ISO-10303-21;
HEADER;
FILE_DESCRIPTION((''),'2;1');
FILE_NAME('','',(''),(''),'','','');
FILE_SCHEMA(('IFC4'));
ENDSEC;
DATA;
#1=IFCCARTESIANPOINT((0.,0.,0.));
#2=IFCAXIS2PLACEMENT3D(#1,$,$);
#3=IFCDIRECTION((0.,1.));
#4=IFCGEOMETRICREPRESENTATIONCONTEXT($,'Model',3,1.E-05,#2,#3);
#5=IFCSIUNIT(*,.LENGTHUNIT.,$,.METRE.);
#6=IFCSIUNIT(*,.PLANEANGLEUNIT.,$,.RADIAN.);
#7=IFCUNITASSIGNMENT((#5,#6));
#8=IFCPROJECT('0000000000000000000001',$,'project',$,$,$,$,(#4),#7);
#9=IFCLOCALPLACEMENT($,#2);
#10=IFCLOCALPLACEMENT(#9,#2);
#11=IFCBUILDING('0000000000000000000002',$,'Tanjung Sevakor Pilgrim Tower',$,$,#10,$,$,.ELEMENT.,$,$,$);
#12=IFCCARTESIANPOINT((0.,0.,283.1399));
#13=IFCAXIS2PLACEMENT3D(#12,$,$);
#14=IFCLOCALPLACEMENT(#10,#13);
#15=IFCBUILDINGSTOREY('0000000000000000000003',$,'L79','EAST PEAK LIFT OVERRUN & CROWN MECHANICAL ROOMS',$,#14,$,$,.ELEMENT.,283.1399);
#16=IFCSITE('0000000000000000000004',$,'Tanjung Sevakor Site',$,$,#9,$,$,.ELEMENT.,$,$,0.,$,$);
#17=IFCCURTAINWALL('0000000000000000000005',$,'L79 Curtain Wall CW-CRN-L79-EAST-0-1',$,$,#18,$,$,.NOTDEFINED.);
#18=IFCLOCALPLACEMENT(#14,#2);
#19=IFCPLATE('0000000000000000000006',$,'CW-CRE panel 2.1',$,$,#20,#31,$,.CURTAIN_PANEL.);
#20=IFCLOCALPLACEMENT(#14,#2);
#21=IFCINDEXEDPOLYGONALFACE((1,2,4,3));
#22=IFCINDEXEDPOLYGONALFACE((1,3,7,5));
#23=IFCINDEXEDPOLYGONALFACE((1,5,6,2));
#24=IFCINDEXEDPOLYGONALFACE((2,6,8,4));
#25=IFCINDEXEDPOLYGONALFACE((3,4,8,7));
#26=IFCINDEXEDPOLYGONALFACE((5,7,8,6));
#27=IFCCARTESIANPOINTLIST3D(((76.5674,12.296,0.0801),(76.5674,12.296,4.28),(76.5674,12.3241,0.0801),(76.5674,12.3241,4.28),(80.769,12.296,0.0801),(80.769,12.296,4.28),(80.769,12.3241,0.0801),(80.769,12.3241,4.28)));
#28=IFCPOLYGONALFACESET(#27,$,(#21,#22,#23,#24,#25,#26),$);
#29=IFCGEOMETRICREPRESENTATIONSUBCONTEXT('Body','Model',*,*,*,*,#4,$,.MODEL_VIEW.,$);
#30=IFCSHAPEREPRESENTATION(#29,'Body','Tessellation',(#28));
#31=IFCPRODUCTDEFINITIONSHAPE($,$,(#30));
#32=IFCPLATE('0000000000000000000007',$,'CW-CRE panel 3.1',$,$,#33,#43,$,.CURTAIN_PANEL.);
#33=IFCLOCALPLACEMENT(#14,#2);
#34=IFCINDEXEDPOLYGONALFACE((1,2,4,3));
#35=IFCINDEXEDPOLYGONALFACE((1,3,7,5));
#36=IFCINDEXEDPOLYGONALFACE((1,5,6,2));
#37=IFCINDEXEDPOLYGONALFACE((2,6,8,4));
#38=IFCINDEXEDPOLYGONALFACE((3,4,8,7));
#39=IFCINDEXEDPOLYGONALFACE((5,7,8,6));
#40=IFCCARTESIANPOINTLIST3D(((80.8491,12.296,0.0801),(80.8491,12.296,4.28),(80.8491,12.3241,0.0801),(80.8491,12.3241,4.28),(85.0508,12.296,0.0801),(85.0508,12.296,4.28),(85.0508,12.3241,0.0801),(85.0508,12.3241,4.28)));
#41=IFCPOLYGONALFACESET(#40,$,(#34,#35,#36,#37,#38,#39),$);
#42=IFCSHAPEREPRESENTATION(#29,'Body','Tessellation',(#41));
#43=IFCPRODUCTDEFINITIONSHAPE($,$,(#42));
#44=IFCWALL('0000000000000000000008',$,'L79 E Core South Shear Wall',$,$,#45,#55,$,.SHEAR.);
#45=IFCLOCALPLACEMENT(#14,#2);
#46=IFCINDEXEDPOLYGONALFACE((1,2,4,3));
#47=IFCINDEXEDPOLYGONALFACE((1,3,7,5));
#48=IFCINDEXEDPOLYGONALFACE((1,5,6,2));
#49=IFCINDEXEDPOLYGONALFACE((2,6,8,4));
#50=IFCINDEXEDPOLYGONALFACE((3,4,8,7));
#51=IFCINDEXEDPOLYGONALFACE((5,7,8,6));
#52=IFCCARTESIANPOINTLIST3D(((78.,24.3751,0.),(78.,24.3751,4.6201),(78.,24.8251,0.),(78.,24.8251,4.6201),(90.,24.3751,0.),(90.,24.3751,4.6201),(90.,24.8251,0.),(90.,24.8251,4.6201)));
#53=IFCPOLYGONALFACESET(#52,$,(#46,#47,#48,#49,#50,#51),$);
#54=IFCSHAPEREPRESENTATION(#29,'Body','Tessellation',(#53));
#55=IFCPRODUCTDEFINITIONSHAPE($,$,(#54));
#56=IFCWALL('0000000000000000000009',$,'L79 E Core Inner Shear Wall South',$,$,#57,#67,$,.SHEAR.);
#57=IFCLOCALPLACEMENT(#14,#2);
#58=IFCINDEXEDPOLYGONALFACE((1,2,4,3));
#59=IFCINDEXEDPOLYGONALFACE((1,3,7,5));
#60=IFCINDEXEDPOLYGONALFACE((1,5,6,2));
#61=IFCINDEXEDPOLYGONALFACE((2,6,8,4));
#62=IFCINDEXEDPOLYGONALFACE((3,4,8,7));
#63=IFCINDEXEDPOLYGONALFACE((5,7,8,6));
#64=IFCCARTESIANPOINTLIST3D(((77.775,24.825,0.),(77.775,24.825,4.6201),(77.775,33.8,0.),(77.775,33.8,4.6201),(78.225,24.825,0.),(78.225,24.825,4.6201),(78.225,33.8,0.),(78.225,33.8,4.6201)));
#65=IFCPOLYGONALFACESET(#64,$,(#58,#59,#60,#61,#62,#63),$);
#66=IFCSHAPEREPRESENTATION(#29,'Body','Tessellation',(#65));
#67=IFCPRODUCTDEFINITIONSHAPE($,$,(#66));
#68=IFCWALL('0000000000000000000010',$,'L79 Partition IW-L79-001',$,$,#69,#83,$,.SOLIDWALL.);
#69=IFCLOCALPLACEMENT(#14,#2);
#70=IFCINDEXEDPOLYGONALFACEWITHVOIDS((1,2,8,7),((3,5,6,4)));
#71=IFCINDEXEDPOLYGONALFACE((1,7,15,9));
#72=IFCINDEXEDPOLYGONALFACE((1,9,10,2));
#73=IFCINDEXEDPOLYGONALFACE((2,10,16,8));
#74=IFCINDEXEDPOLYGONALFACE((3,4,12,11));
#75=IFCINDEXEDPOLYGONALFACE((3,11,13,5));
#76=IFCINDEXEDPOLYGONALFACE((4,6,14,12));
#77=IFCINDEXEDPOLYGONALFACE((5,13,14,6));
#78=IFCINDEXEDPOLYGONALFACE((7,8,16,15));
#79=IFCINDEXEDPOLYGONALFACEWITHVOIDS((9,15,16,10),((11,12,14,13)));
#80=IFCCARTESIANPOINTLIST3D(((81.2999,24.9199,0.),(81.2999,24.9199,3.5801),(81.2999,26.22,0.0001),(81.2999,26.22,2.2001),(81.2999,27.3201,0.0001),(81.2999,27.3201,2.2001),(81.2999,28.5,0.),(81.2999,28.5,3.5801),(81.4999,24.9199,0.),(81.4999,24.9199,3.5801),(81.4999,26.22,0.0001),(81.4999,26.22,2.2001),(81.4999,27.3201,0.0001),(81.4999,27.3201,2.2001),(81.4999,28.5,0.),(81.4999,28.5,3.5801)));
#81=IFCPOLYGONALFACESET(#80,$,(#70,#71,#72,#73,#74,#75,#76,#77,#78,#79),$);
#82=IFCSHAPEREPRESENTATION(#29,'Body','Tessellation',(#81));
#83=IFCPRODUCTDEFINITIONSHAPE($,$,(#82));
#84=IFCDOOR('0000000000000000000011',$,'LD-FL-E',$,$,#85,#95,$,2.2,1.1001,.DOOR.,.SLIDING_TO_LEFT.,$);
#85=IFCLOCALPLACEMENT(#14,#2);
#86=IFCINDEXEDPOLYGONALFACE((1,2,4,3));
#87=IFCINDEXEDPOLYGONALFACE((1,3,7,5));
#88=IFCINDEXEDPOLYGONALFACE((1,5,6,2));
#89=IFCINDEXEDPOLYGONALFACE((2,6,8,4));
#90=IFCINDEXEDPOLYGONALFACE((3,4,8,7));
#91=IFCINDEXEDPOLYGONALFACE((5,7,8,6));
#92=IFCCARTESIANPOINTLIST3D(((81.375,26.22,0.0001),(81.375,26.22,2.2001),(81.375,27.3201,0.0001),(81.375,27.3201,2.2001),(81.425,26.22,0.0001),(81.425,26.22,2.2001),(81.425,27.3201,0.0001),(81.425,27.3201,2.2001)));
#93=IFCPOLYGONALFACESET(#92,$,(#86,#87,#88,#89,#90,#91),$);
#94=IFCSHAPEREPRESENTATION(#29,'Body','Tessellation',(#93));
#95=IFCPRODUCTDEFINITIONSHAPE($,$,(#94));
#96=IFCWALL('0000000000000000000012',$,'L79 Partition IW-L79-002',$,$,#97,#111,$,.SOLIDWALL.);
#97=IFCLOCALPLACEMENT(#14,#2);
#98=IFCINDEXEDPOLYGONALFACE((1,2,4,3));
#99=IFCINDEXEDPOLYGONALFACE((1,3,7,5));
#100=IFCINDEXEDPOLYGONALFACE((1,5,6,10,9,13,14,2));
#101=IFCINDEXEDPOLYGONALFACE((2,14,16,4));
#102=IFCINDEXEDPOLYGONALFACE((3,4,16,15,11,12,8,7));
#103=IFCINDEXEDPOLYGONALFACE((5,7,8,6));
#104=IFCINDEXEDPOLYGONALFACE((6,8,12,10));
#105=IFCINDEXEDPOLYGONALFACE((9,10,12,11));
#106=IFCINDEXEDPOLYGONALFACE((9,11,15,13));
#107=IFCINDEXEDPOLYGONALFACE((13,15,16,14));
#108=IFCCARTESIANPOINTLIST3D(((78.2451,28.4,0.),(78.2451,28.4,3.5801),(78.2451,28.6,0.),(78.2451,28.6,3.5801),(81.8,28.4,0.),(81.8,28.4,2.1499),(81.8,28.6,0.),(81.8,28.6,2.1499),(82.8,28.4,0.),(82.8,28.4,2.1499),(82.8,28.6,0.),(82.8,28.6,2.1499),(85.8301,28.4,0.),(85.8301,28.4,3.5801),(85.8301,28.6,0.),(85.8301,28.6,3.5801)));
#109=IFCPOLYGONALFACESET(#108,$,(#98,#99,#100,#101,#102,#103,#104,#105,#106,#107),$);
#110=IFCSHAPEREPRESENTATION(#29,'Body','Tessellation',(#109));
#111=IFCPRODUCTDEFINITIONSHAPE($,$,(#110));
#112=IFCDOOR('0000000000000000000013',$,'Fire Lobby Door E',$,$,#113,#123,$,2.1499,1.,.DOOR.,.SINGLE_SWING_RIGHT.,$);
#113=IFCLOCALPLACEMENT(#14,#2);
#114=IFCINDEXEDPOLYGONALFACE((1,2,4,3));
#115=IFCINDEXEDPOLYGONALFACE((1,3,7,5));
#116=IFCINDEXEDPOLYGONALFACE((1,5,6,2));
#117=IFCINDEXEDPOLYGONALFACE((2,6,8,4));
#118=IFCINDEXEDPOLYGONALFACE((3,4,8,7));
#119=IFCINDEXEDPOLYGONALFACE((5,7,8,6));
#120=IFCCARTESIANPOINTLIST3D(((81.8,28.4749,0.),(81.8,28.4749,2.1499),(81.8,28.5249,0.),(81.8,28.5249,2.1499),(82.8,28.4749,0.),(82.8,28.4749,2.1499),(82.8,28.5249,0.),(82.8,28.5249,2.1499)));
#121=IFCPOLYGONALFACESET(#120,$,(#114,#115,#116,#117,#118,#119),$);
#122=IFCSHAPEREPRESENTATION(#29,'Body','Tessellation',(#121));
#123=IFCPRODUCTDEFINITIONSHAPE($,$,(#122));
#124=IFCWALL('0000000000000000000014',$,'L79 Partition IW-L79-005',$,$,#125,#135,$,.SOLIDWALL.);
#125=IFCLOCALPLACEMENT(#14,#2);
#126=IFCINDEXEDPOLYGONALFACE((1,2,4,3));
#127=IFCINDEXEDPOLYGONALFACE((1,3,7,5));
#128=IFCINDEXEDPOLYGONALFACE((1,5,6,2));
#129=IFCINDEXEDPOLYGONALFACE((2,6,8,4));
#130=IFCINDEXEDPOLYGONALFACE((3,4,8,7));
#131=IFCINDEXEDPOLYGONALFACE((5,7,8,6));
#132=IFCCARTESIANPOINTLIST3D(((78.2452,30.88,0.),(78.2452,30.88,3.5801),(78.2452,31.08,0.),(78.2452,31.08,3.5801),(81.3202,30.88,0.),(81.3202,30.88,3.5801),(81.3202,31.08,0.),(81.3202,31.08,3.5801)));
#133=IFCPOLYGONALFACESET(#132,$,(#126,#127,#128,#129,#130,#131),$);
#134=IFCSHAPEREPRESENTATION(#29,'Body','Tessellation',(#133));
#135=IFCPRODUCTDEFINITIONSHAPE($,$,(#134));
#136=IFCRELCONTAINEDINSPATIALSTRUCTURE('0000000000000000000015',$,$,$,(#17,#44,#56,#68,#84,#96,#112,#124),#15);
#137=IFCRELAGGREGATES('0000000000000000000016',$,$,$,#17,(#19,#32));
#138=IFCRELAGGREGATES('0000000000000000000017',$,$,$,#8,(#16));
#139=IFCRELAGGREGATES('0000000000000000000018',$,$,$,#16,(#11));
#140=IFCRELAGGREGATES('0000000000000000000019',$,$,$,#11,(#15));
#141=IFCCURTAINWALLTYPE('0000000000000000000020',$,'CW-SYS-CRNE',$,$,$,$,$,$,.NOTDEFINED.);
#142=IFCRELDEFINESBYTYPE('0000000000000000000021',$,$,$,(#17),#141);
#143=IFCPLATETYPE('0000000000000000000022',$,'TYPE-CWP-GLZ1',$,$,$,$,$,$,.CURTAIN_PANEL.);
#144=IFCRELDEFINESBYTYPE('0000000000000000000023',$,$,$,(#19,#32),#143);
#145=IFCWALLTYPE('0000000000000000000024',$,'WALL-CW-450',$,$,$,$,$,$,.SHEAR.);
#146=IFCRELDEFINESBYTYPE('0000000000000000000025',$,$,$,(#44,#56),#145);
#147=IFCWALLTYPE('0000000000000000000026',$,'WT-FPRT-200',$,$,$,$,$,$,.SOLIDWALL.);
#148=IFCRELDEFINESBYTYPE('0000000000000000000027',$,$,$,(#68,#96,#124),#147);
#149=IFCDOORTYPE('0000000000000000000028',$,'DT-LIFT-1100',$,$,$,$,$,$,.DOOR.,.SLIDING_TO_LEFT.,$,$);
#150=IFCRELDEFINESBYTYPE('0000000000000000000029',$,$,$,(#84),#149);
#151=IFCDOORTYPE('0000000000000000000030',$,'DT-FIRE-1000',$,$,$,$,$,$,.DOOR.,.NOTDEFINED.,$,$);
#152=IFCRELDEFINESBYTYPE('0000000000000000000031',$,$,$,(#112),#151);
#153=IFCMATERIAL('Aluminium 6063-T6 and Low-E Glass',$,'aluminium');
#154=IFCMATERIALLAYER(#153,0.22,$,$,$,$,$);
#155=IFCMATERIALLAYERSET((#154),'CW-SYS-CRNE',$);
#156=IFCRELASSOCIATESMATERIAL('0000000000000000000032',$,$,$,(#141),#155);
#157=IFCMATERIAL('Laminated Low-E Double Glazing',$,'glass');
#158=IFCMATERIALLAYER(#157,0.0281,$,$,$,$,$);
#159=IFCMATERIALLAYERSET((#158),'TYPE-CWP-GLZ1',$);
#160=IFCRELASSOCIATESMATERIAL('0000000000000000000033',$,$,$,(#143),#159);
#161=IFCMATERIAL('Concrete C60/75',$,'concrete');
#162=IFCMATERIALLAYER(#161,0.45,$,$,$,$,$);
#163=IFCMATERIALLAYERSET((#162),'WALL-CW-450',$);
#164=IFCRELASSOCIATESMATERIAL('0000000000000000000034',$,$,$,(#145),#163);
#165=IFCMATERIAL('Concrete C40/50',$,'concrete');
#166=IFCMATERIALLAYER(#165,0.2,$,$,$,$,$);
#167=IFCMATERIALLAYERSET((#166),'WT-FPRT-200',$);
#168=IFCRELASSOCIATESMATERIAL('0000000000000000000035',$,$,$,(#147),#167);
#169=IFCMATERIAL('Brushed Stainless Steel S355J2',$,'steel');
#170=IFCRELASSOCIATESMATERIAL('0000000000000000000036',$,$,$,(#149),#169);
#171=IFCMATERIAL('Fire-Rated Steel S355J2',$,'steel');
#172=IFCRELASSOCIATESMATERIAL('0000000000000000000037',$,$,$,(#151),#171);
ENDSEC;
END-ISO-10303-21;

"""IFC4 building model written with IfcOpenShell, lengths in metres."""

from ifc_helpers import new_model, si_unit, direction, frame, frame_2d, origin, origin_2d, place, context, subcontext, project, spatial, rectangle, extrude, material, layer, layer_set, type_object, element, fill, aggregate, save


model = new_model("IFC4")

# Units and contexts
model_context = context("Model", 3, precision=1e-05, world=origin(), true_north=direction((0.0, 1.0)))
body_context = subcontext(model_context, "Body", "Model", "MODEL_VIEW")
ifc_project = project(units=[si_unit("LENGTHUNIT", "METRE"), si_unit("PLANEANGLEUNIT", "RADIAN")], contexts=[model_context])

# Site, building, storey
site_placement = place(None, origin())
site = spatial("IfcSite", under=ifc_project, at=site_placement, Name="Tanjung Sevakor Site", CompositionType="ELEMENT", RefElevation=0.0)
building_placement = place(site_placement, origin())
building = spatial("IfcBuilding", under=site, at=building_placement, Name="Tanjung Sevakor Pilgrim Tower", CompositionType="ELEMENT")
storey_placement = place(building_placement, frame((0.0, 0.0, 283.1399)))
storey = spatial("IfcBuildingStorey", under=building, at=storey_placement, Name="L79", Description="EAST PEAK LIFT OVERRUN & CROWN MECHANICAL ROOMS", CompositionType="ELEMENT", Elevation=283.1399)

# Curtain wall, plates
ifc_material_1 = material(Name="Aluminium 6063-T6 and Low-E Glass", Category="aluminium")
ifc_layer_1 = layer(ifc_material_1, 0.22)
ifc_layer_set_1 = layer_set([ifc_layer_1], Name="CW-SYS-CRNE")
curtain_wall_type = type_object("IfcCurtainWallType", Name="CW-SYS-CRNE", PredefinedType="NOTDEFINED", material=ifc_layer_set_1)
curtain_wall_placement = place(storey_placement, origin())
curtain_wall = element("IfcCurtainWall", 1, at=curtain_wall_placement, inside=storey, type_object=curtain_wall_type, Name="L79 Curtain Wall CW-CRN-L79-EAST-0-1", PredefinedType="NOTDEFINED")
ifc_material_2 = material(Name="Laminated Low-E Double Glazing", Category="glass")
ifc_layer_2 = layer(ifc_material_2, 0.0281)
ifc_layer_set_2 = layer_set([ifc_layer_2], Name="TYPE-CWP-GLZ1")
plate_type = type_object("IfcPlateType", Name="TYPE-CWP-GLZ1", PredefinedType="CURTAIN_PANEL", material=ifc_layer_set_2)
plate_1_placement = place(storey_placement, frame((78.6682, 12.3101, 0.0801), z_axis=(0.0, 0.0, 1.0), x_axis=(1.0, 0.0, 0.0)))
plate_1 = element("IfcPlate", 2, at=plate_1_placement, type_object=plate_type, Name="CW-CRE panel 2.1", PredefinedType="CURTAIN_PANEL", context=body_context, shape_type="SweptSolid", body=[
    extrude(rectangle(XDim=4.2017, YDim=0.0281, at=origin_2d()), origin(), (0.0, 0.0, 1.0), 4.2),
])
plate_2_placement = place(storey_placement, frame((82.95, 12.3101, 0.0801), z_axis=(0.0, 0.0, 1.0), x_axis=(1.0, 0.0, 0.0)))
plate_2 = element("IfcPlate", 3, at=plate_2_placement, type_object=plate_type, Name="CW-CRE panel 3.1", PredefinedType="CURTAIN_PANEL", context=body_context, shape_type="SweptSolid", body=[
    extrude(rectangle(XDim=4.2017, YDim=0.0281, at=origin_2d()), origin(), (0.0, 0.0, 1.0), 4.2),
])
aggregate(curtain_wall, [plate_1, plate_2])

# Walls
ifc_material_3 = material(Name="Concrete C60/75", Category="concrete")
ifc_layer_3 = layer(ifc_material_3, 0.45)
ifc_layer_set_3 = layer_set([ifc_layer_3], Name="WALL-CW-450")
wall_type_1 = type_object("IfcWallType", Name="WALL-CW-450", PredefinedType="SHEAR", material=ifc_layer_set_3)
wall_1_placement = place(storey_placement, frame((78.0, 24.6001, 0.0), z_axis=(0.0, 0.0, 1.0), x_axis=(1.0, 0.0, 0.0)))
element("IfcWall", 4, at=wall_1_placement, inside=storey, type_object=wall_type_1, Name="L79 E Core South Shear Wall", PredefinedType="SHEAR", context=body_context, shape_type="SweptSolid", body=[
    extrude(rectangle(XDim=12.0, YDim=0.45, at=frame_2d((6.0, 0.0))), origin(), (0.0, 0.0, 1.0), 4.6201),
])
wall_2_placement = place(storey_placement, frame((78.0, 24.825, 0.0), z_axis=(0.0, 0.0, 1.0), x_axis=(0.0, 1.0, 0.0)))
element("IfcWall", 5, at=wall_2_placement, inside=storey, type_object=wall_type_1, Name="L79 E Core Inner Shear Wall South", PredefinedType="SHEAR", context=body_context, shape_type="SweptSolid", body=[
    extrude(rectangle(XDim=8.9751, YDim=0.45, at=frame_2d((4.4875, 0.0))), origin(), (0.0, 0.0, 1.0), 4.6201),
])

# Walls, openings, doors
ifc_material_4 = material(Name="Concrete C40/50", Category="concrete")
ifc_layer_4 = layer(ifc_material_4, 0.2)
ifc_layer_set_4 = layer_set([ifc_layer_4], Name="WT-FPRT-200")
wall_type_2 = type_object("IfcWallType", Name="WT-FPRT-200", PredefinedType="SOLIDWALL", material=ifc_layer_set_4)
wall_3_placement = place(storey_placement, frame((81.3999, 24.9199, 0.0), z_axis=(0.0, 0.0, 1.0), x_axis=(0.0, 1.0, 0.0)))
wall_3 = element("IfcWall", 6, at=wall_3_placement, inside=storey, type_object=wall_type_2, Name="L79 Partition IW-L79-001", PredefinedType="SOLIDWALL", context=body_context, shape_type="SweptSolid", body=[
    extrude(rectangle(XDim=3.5801, YDim=0.2, at=frame_2d((1.79, 0.0))), origin(), (0.0, 0.0, 1.0), 3.5801),
])
opening_1_placement = place(wall_3_placement, frame((1.3, 0.0, 0.0)))
opening_1 = element("IfcOpeningElement", 7, at=opening_1_placement, cuts=wall_3, PredefinedType="OPENING", context=body_context, shape_type="SweptSolid", body=[
    extrude(rectangle(XDim=1.1001, YDim=2.2, at=frame_2d((0.55, 1.1001))), frame((0.0, 0.1099, 0.0), z_axis=(0.0, -1.0, 0.0), x_axis=(1.0, 0.0, 0.0)), (0.0, 0.0, 1.0), 0.22),
])
ifc_material_5 = material(Name="Brushed Stainless Steel S355J2", Category="steel")
door_type_1 = type_object("IfcDoorType", Name="DT-LIFT-1100", OperationType="SLIDING_TO_LEFT", PredefinedType="DOOR", material=ifc_material_5)
door_1_placement = place(opening_1_placement, origin())
door_1 = element("IfcDoor", 8, at=door_1_placement, inside=storey, type_object=door_type_1, Name="LD-FL-E", OperationType="SLIDING_TO_LEFT", OverallHeight=2.2, OverallWidth=1.1001, PredefinedType="DOOR", context=body_context, shape_type="SweptSolid", body=[
    extrude(rectangle(XDim=1.1001, YDim=2.2, at=frame_2d((0.55, 1.1001))), frame((0.0, 0.0249, 0.0), z_axis=(0.0, -1.0, 0.0), x_axis=(1.0, 0.0, 0.0)), (0.0, 0.0, 1.0), 0.05),
])
fill(opening_1, door_1)
wall_4_placement = place(storey_placement, frame((78.2451, 28.5, 0.0), z_axis=(0.0, 0.0, 1.0), x_axis=(1.0, 0.0, 0.0)))
wall_4 = element("IfcWall", 9, at=wall_4_placement, inside=storey, type_object=wall_type_2, Name="L79 Partition IW-L79-002", PredefinedType="SOLIDWALL", context=body_context, shape_type="SweptSolid", body=[
    extrude(rectangle(XDim=7.585, YDim=0.2, at=frame_2d((3.7925, 0.0))), origin(), (0.0, 0.0, 1.0), 3.5801),
])
opening_2_placement = place(wall_4_placement, frame((3.5549, 0.0, 0.0)))
opening_2 = element("IfcOpeningElement", 10, at=opening_2_placement, cuts=wall_4, PredefinedType="OPENING", context=body_context, shape_type="SweptSolid", body=[
    extrude(rectangle(XDim=1.0, YDim=2.1499, at=frame_2d((0.5, 1.075))), frame((0.0, 0.1099, 0.0), z_axis=(0.0, -1.0, 0.0), x_axis=(1.0, 0.0, 0.0)), (0.0, 0.0, 1.0), 0.22),
])
ifc_material_6 = material(Name="Fire-Rated Steel S355J2", Category="steel")
door_type_2 = type_object("IfcDoorType", Name="DT-FIRE-1000", OperationType="NOTDEFINED", PredefinedType="DOOR", material=ifc_material_6)
door_2_placement = place(opening_2_placement, origin())
door_2 = element("IfcDoor", 11, at=door_2_placement, inside=storey, type_object=door_type_2, Name="Fire Lobby Door E", OperationType="SINGLE_SWING_RIGHT", OverallHeight=2.1499, OverallWidth=1.0, PredefinedType="DOOR", context=body_context, shape_type="SweptSolid", body=[
    extrude(rectangle(XDim=1.0, YDim=2.1499, at=frame_2d((0.5, 1.075))), frame((0.0, 0.0249, 0.0), z_axis=(0.0, -1.0, 0.0), x_axis=(1.0, 0.0, 0.0)), (0.0, 0.0, 1.0), 0.05),
])
fill(opening_2, door_2)

# Wall
wall_5_placement = place(storey_placement, frame((78.2451, 30.98, 0.0), z_axis=(0.0, 0.0, 1.0), x_axis=(1.0, 0.0, 0.0)))
element("IfcWall", 12, at=wall_5_placement, inside=storey, type_object=wall_type_2, Name="L79 Partition IW-L79-005", PredefinedType="SOLIDWALL", context=body_context, shape_type="SweptSolid", body=[
    extrude(rectangle(XDim=3.075, YDim=0.2, at=frame_2d((1.5376, 0.0))), origin(), (0.0, 0.0, 1.0), 3.5801),
])

save(model, "model.ifc")
